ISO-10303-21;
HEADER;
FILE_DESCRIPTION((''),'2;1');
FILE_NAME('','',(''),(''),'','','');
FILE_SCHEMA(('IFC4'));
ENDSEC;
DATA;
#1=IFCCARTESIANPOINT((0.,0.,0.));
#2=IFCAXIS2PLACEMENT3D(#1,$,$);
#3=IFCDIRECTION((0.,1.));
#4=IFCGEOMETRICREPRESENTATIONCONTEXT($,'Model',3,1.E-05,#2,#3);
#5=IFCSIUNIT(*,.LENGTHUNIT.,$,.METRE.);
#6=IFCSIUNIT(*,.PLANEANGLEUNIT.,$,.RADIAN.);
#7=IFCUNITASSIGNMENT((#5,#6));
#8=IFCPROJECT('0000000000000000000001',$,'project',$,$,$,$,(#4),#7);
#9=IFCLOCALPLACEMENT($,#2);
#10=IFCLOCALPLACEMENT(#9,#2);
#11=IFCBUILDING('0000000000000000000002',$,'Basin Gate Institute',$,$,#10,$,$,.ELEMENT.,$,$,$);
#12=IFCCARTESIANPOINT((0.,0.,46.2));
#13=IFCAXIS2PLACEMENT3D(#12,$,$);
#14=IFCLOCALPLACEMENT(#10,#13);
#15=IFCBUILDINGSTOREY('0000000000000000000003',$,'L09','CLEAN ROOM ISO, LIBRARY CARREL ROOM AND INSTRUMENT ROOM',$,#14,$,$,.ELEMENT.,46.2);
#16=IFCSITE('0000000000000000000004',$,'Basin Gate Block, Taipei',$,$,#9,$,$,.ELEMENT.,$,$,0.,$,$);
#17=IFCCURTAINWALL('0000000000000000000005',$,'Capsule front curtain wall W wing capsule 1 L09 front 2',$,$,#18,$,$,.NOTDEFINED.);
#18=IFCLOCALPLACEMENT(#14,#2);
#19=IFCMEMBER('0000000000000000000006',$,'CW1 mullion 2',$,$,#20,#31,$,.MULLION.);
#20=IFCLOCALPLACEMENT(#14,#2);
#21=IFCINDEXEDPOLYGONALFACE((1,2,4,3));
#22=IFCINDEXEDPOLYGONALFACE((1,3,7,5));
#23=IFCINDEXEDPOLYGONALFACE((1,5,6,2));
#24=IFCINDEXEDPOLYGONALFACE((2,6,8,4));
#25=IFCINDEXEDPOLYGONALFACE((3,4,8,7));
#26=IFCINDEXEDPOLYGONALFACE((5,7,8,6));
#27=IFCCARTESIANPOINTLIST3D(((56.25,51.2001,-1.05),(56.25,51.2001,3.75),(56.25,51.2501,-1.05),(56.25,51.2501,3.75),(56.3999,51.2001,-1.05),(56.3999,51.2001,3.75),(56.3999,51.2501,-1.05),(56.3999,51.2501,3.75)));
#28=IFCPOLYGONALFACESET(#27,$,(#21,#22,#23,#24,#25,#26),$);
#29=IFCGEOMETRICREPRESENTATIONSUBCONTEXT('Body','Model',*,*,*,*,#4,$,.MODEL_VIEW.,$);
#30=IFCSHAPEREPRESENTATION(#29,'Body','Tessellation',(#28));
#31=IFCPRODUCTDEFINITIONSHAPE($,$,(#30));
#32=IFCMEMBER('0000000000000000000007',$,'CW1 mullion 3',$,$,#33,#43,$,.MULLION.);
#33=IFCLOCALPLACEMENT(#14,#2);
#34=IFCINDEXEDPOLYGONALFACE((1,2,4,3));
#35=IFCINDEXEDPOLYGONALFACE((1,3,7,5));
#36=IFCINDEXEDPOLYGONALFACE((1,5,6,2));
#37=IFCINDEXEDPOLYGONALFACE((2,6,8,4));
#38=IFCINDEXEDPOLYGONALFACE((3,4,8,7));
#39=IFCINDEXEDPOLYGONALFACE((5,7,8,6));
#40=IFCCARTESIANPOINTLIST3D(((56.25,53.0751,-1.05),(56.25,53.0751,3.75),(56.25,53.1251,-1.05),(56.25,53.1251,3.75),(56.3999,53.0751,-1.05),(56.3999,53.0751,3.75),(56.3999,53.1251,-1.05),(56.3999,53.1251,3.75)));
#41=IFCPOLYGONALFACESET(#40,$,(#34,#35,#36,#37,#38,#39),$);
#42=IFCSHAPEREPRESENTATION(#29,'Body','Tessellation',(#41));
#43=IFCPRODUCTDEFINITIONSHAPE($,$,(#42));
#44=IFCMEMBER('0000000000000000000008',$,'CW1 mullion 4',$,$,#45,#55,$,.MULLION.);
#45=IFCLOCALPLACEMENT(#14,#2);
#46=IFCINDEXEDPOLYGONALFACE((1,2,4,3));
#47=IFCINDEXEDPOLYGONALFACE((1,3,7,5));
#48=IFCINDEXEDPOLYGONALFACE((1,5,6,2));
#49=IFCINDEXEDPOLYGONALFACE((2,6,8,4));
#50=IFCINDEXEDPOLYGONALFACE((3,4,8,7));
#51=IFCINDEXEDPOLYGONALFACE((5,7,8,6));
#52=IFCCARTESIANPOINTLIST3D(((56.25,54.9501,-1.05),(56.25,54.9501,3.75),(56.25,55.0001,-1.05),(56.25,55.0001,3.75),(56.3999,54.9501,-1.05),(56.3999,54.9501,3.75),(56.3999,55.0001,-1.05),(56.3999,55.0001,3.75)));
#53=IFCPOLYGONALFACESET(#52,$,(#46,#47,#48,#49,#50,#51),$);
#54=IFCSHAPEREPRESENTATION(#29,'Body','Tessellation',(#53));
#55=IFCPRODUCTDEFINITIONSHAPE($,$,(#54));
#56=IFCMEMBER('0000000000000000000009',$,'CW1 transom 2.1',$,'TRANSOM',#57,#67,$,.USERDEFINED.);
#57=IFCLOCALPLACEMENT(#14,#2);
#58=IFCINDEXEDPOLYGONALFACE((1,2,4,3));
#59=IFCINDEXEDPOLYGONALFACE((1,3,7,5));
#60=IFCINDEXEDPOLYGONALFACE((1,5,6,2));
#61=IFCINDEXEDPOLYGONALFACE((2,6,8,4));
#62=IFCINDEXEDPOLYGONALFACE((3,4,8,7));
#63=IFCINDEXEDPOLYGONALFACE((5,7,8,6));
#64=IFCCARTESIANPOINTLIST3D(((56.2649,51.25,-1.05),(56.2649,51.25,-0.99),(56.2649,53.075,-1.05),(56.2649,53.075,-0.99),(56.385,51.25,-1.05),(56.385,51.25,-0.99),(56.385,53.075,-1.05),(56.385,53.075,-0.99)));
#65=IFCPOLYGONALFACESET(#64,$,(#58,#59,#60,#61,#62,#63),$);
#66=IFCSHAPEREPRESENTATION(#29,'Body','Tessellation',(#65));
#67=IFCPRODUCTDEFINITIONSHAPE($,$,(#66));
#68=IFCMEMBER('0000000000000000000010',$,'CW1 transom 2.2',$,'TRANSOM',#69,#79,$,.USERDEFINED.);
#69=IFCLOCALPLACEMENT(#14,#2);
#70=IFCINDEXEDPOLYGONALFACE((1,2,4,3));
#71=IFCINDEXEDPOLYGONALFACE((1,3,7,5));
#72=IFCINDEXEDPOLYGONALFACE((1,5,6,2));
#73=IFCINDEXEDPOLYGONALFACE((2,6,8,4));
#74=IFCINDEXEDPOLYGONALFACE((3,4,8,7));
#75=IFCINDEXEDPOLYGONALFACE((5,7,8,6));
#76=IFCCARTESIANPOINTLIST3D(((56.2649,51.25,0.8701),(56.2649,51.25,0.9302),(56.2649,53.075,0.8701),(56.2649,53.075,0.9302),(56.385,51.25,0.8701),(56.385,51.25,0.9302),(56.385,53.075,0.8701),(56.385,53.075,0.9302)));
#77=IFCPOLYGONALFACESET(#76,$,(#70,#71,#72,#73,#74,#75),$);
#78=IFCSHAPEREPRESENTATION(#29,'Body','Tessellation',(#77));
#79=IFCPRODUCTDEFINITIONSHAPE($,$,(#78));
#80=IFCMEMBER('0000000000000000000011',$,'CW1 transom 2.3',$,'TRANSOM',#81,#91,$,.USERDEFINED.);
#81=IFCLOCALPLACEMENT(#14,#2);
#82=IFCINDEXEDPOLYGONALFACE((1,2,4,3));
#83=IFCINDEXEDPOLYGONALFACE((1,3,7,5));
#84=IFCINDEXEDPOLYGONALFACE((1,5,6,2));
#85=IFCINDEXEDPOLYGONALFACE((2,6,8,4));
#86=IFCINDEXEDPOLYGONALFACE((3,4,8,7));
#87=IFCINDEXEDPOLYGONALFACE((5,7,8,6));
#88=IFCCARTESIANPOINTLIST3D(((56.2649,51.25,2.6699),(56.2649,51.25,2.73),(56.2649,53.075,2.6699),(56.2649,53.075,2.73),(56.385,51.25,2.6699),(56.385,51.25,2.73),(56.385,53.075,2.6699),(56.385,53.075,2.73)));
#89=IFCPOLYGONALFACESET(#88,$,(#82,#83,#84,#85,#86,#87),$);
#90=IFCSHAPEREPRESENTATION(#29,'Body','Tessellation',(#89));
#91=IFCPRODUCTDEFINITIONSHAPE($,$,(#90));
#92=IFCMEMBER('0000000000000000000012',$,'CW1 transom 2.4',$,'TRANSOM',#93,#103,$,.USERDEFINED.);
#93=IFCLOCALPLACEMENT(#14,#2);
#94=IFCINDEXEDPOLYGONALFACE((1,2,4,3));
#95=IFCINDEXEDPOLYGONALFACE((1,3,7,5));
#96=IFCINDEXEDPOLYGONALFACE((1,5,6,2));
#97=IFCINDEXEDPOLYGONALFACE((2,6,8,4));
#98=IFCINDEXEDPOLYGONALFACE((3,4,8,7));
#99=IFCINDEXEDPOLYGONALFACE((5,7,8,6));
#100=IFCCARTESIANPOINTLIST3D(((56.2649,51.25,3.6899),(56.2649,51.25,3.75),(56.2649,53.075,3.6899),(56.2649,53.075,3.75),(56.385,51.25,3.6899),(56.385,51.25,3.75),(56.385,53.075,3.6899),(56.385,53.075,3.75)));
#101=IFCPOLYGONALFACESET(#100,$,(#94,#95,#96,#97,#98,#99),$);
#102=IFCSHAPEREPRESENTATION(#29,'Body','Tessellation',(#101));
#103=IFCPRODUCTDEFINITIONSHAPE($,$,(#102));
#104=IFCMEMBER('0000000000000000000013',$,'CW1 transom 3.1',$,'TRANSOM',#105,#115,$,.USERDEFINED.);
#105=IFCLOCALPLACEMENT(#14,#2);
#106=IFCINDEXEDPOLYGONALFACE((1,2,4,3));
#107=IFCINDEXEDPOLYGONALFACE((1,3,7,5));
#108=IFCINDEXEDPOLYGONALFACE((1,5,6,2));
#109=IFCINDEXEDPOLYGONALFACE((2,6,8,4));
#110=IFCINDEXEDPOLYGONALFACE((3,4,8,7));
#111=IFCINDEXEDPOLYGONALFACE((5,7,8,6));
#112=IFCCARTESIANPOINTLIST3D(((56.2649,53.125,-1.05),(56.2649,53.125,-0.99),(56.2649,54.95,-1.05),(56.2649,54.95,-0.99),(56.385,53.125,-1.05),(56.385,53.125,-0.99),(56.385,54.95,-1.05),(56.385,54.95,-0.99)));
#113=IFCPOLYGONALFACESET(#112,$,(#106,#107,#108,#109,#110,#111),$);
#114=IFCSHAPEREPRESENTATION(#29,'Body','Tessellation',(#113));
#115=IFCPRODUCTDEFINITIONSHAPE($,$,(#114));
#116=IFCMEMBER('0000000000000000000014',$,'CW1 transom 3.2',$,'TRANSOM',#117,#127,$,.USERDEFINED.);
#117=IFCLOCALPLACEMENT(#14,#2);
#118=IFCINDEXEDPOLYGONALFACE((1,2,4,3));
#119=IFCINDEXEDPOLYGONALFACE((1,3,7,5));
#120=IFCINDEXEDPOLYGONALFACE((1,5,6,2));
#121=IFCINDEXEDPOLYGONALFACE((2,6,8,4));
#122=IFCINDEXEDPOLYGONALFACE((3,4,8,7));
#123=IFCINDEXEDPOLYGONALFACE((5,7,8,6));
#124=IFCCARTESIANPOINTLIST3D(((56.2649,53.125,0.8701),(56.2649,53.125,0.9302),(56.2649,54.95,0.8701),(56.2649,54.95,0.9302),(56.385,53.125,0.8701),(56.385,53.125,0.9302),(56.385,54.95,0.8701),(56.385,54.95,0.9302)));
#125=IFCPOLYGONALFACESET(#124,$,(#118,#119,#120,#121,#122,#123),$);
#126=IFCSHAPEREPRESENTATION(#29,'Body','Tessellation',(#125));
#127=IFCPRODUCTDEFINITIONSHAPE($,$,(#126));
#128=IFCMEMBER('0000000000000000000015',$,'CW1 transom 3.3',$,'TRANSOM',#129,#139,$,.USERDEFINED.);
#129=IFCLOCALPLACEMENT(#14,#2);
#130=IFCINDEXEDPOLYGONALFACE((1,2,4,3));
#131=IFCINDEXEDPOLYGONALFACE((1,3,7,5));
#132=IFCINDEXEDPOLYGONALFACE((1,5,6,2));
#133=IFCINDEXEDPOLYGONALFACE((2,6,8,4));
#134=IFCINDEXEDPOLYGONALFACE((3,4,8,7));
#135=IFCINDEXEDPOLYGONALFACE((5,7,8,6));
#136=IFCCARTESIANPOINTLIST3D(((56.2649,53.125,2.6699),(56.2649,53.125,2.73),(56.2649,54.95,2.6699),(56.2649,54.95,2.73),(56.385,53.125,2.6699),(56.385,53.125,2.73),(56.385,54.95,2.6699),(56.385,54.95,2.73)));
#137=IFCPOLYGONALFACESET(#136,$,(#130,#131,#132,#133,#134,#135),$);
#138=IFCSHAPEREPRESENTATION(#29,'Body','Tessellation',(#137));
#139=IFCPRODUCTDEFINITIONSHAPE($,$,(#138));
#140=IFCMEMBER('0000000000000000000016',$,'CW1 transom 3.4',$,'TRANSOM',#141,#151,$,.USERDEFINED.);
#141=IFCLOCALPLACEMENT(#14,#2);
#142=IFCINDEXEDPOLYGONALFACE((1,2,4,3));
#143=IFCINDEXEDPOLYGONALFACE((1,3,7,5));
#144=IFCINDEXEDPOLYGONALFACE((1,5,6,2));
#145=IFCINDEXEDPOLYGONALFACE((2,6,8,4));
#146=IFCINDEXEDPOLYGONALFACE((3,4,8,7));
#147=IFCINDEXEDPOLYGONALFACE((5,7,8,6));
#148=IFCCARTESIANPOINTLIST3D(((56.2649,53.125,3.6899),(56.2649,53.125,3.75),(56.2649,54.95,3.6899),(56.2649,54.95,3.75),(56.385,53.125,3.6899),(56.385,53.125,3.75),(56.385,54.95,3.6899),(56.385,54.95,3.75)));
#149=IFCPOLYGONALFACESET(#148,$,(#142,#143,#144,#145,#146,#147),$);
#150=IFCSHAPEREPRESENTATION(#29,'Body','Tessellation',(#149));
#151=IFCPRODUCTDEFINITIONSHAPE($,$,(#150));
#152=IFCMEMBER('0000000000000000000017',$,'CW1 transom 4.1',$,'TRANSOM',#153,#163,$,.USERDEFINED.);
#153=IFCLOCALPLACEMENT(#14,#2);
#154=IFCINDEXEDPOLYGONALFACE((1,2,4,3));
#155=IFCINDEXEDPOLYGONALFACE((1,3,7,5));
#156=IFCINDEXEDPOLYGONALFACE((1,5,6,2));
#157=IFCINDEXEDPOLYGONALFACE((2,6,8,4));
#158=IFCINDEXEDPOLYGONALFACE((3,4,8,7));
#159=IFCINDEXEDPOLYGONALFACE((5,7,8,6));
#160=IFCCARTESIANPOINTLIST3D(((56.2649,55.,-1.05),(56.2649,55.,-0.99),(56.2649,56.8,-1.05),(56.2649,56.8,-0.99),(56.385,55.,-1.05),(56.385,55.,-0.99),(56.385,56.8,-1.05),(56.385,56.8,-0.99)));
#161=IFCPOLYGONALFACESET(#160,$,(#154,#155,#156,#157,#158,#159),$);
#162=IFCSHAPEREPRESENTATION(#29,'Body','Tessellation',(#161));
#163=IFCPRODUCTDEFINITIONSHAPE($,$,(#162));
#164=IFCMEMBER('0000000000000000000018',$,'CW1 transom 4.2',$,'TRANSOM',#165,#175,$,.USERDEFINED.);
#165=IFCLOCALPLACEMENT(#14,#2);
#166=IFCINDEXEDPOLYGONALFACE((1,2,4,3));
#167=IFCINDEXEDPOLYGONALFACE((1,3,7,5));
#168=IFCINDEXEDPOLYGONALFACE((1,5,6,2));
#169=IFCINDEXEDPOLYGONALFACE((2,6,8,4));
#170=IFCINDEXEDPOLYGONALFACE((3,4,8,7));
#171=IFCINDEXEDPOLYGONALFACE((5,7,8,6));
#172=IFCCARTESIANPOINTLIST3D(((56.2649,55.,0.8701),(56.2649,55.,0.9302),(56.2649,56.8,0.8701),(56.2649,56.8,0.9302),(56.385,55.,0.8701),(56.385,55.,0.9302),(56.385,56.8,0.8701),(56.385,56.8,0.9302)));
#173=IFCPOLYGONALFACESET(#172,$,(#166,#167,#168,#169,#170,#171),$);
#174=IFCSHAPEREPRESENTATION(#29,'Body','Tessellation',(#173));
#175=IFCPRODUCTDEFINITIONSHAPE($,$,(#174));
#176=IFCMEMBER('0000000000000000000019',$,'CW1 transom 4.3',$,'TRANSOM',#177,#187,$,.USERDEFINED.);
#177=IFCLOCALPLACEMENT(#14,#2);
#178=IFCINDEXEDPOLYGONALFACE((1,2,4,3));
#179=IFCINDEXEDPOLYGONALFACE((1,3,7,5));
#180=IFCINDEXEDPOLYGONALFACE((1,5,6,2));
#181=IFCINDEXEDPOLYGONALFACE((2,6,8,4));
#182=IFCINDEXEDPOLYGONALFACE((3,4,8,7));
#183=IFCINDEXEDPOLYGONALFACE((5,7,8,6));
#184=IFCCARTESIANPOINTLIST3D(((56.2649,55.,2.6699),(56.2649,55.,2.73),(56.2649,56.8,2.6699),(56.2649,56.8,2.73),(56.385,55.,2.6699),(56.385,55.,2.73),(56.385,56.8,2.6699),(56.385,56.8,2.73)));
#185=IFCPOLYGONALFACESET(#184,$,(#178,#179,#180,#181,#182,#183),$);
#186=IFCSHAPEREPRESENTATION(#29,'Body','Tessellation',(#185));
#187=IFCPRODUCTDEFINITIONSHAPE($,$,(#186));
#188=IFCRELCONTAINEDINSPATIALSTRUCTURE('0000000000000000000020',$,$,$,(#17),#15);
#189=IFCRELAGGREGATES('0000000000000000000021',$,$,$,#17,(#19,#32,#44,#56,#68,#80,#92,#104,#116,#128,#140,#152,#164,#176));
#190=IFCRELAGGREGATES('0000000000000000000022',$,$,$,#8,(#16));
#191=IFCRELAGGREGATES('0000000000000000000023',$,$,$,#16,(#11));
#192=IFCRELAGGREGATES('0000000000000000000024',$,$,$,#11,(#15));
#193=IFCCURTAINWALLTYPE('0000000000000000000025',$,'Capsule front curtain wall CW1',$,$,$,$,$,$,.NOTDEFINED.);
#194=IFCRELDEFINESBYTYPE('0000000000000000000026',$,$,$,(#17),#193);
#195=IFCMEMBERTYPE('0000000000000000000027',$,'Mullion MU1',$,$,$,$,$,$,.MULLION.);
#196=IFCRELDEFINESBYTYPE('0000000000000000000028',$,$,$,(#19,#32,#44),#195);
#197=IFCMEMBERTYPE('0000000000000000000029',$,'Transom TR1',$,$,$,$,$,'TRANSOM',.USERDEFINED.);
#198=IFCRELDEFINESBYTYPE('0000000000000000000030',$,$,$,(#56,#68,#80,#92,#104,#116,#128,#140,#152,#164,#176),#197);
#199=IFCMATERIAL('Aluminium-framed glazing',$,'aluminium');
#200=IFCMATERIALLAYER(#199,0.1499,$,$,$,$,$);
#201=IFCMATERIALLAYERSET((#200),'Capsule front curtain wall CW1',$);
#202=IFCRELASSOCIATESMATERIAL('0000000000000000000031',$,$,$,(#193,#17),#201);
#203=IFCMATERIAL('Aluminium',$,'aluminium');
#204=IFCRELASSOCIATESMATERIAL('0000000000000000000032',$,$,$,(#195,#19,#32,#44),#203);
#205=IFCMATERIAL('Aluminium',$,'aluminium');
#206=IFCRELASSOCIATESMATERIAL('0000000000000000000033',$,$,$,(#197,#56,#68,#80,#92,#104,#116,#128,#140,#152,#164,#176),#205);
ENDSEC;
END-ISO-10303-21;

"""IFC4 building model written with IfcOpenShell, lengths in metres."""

from ifc_helpers import new_model, si_unit, direction, frame, origin, origin_2d, place, context, subcontext, project, spatial, rectangle, extrude, material, layer, layer_set, material_profile, profile_set, type_object, element, aggregate, save


model = new_model("IFC4")

# Units and contexts
model_context = context("Model", 3, precision=1e-05, world=origin(), true_north=direction((0.0, 1.0)))
body_context = subcontext(model_context, "Body", "Model", "MODEL_VIEW")
ifc_project = project(units=[si_unit("LENGTHUNIT", "METRE"), si_unit("PLANEANGLEUNIT", "RADIAN")], contexts=[model_context])

# Site, building, storey
site_placement = place(None, origin())
site = spatial("IfcSite", under=ifc_project, at=site_placement, Name="Basin Gate Block, Taipei", CompositionType="ELEMENT", RefElevation=0.0)
building_placement = place(site_placement, origin())
building = spatial("IfcBuilding", under=site, at=building_placement, Name="Basin Gate Institute", CompositionType="ELEMENT")
storey_placement = place(building_placement, frame((0.0, 0.0, 46.2)))
storey = spatial("IfcBuildingStorey", under=building, at=storey_placement, Name="L09", Description="CLEAN ROOM ISO, LIBRARY CARREL ROOM AND INSTRUMENT ROOM", CompositionType="ELEMENT", Elevation=46.2)

# Curtain wall, members
ifc_material_1 = material(Name="Aluminium-framed glazing", Category="aluminium")
ifc_layer_1 = layer(ifc_material_1, 0.1499)
ifc_layer_set_1 = layer_set([ifc_layer_1], Name="Capsule front curtain wall CW1")
curtain_wall_type = type_object("IfcCurtainWallType", Name="Capsule front curtain wall CW1", PredefinedType="NOTDEFINED", material=ifc_layer_set_1)
curtain_wall_placement = place(storey_placement, origin())
curtain_wall = element("IfcCurtainWall", 1, at=curtain_wall_placement, inside=storey, type_object=curtain_wall_type, material=ifc_layer_set_1, Name="Capsule front curtain wall W wing capsule 1 L09 front 2", PredefinedType="NOTDEFINED")
ifc_material_2 = material(Name="Aluminium", Category="aluminium")
ifc_material_profile_1 = material_profile(ifc_material_2, rectangle(XDim=0.1499, YDim=0.05, at=origin_2d()), Name="Mullion MU1 150 x 50")
ifc_profile_set_1 = profile_set([ifc_material_profile_1], Name="Aluminium")
member_type_1 = type_object("IfcMemberType", Name="Mullion MU1", PredefinedType="MULLION", material=ifc_profile_set_1)
member_1_placement = place(storey_placement, frame((56.325, 51.2251, -1.05), z_axis=(0.0, 0.0, 1.0), x_axis=(-1.0, 0.0, 0.0)))
member_1 = element("IfcMember", 2, at=member_1_placement, type_object=member_type_1, material=ifc_profile_set_1, Name="CW1 mullion 2", PredefinedType="MULLION", context=body_context, shape_type="SweptSolid", body=[
    extrude(rectangle(XDim=0.1499, YDim=0.05, at=origin_2d()), origin(), (0.0, 0.0, 1.0), 4.8),
])
member_2_placement = place(storey_placement, frame((56.325, 53.1001, -1.05), z_axis=(0.0, 0.0, 1.0), x_axis=(-1.0, 0.0, 0.0)))
member_2 = element("IfcMember", 3, at=member_2_placement, type_object=member_type_1, material=ifc_profile_set_1, Name="CW1 mullion 3", PredefinedType="MULLION", context=body_context, shape_type="SweptSolid", body=[
    extrude(rectangle(XDim=0.1499, YDim=0.05, at=origin_2d()), origin(), (0.0, 0.0, 1.0), 4.8),
])
member_3_placement = place(storey_placement, frame((56.325, 54.9751, -1.05), z_axis=(0.0, 0.0, 1.0), x_axis=(-1.0, 0.0, 0.0)))
member_3 = element("IfcMember", 4, at=member_3_placement, type_object=member_type_1, material=ifc_profile_set_1, Name="CW1 mullion 4", PredefinedType="MULLION", context=body_context, shape_type="SweptSolid", body=[
    extrude(rectangle(XDim=0.1499, YDim=0.05, at=origin_2d()), origin(), (0.0, 0.0, 1.0), 4.8),
])
ifc_material_3 = material(Name="Aluminium", Category="aluminium")
ifc_material_profile_2 = material_profile(ifc_material_3, rectangle(XDim=0.1201, YDim=0.0601, at=origin_2d()), Name="Transom TR1 120 x 60")
ifc_profile_set_2 = profile_set([ifc_material_profile_2], Name="Aluminium")
member_type_2 = type_object("IfcMemberType", Name="Transom TR1", ElementType="TRANSOM", PredefinedType="USERDEFINED", material=ifc_profile_set_2)
member_4_placement = place(storey_placement, frame((56.325, 51.25, -1.02), z_axis=(0.0, 1.0, 0.0), x_axis=(-1.0, 0.0, 0.0)))
member_4 = element("IfcMember", 5, at=member_4_placement, type_object=member_type_2, material=ifc_profile_set_2, Name="CW1 transom 2.1", ObjectType="TRANSOM", PredefinedType="USERDEFINED", context=body_context, shape_type="SweptSolid", body=[
    extrude(rectangle(XDim=0.1201, YDim=0.0601, at=origin_2d()), origin(), (0.0, 0.0, 1.0), 1.825),
])
member_5_placement = place(storey_placement, frame((56.325, 51.25, 0.9001), z_axis=(0.0, 1.0, 0.0), x_axis=(-1.0, 0.0, 0.0)))
member_5 = element("IfcMember", 6, at=member_5_placement, type_object=member_type_2, material=ifc_profile_set_2, Name="CW1 transom 2.2", ObjectType="TRANSOM", PredefinedType="USERDEFINED", context=body_context, shape_type="SweptSolid", body=[
    extrude(rectangle(XDim=0.1201, YDim=0.0601, at=origin_2d()), origin(), (0.0, 0.0, 1.0), 1.825),
])
member_6_placement = place(storey_placement, frame((56.325, 51.25, 2.7), z_axis=(0.0, 1.0, 0.0), x_axis=(-1.0, 0.0, 0.0)))
member_6 = element("IfcMember", 7, at=member_6_placement, type_object=member_type_2, material=ifc_profile_set_2, Name="CW1 transom 2.3", ObjectType="TRANSOM", PredefinedType="USERDEFINED", context=body_context, shape_type="SweptSolid", body=[
    extrude(rectangle(XDim=0.1201, YDim=0.0601, at=origin_2d()), origin(), (0.0, 0.0, 1.0), 1.825),
])
member_7_placement = place(storey_placement, frame((56.325, 51.25, 3.72), z_axis=(0.0, 1.0, 0.0), x_axis=(-1.0, 0.0, 0.0)))
member_7 = element("IfcMember", 8, at=member_7_placement, type_object=member_type_2, material=ifc_profile_set_2, Name="CW1 transom 2.4", ObjectType="TRANSOM", PredefinedType="USERDEFINED", context=body_context, shape_type="SweptSolid", body=[
    extrude(rectangle(XDim=0.1201, YDim=0.0601, at=origin_2d()), origin(), (0.0, 0.0, 1.0), 1.825),
])
member_8_placement = place(storey_placement, frame((56.325, 53.125, -1.02), z_axis=(0.0, 1.0, 0.0), x_axis=(-1.0, 0.0, 0.0)))
member_8 = element("IfcMember", 9, at=member_8_placement, type_object=member_type_2, material=ifc_profile_set_2, Name="CW1 transom 3.1", ObjectType="TRANSOM", PredefinedType="USERDEFINED", context=body_context, shape_type="SweptSolid", body=[
    extrude(rectangle(XDim=0.1201, YDim=0.0601, at=origin_2d()), origin(), (0.0, 0.0, 1.0), 1.825),
])
member_9_placement = place(storey_placement, frame((56.325, 53.125, 0.9001), z_axis=(0.0, 1.0, 0.0), x_axis=(-1.0, 0.0, 0.0)))
member_9 = element("IfcMember", 10, at=member_9_placement, type_object=member_type_2, material=ifc_profile_set_2, Name="CW1 transom 3.2", ObjectType="TRANSOM", PredefinedType="USERDEFINED", context=body_context, shape_type="SweptSolid", body=[
    extrude(rectangle(XDim=0.1201, YDim=0.0601, at=origin_2d()), origin(), (0.0, 0.0, 1.0), 1.825),
])
member_10_placement = place(storey_placement, frame((56.325, 53.125, 2.7), z_axis=(0.0, 1.0, 0.0), x_axis=(-1.0, 0.0, 0.0)))
member_10 = element("IfcMember", 11, at=member_10_placement, type_object=member_type_2, material=ifc_profile_set_2, Name="CW1 transom 3.3", ObjectType="TRANSOM", PredefinedType="USERDEFINED", context=body_context, shape_type="SweptSolid", body=[
    extrude(rectangle(XDim=0.1201, YDim=0.0601, at=origin_2d()), origin(), (0.0, 0.0, 1.0), 1.825),
])
member_11_placement = place(storey_placement, frame((56.325, 53.125, 3.72), z_axis=(0.0, 1.0, 0.0), x_axis=(-1.0, 0.0, 0.0)))
member_11 = element("IfcMember", 12, at=member_11_placement, type_object=member_type_2, material=ifc_profile_set_2, Name="CW1 transom 3.4", ObjectType="TRANSOM", PredefinedType="USERDEFINED", context=body_context, shape_type="SweptSolid", body=[
    extrude(rectangle(XDim=0.1201, YDim=0.0601, at=origin_2d()), origin(), (0.0, 0.0, 1.0), 1.825),
])
member_12_placement = place(storey_placement, frame((56.325, 55.0, -1.02), z_axis=(0.0, 1.0, 0.0), x_axis=(-1.0, 0.0, 0.0)))
member_12 = element("IfcMember", 13, at=member_12_placement, type_object=member_type_2, material=ifc_profile_set_2, Name="CW1 transom 4.1", ObjectType="TRANSOM", PredefinedType="USERDEFINED", context=body_context, shape_type="SweptSolid", body=[
    extrude(rectangle(XDim=0.1201, YDim=0.0601, at=origin_2d()), origin(), (0.0, 0.0, 1.0), 1.8),
])
member_13_placement = place(storey_placement, frame((56.325, 55.0, 0.9001), z_axis=(0.0, 1.0, 0.0), x_axis=(-1.0, 0.0, 0.0)))
member_13 = element("IfcMember", 14, at=member_13_placement, type_object=member_type_2, material=ifc_profile_set_2, Name="CW1 transom 4.2", ObjectType="TRANSOM", PredefinedType="USERDEFINED", context=body_context, shape_type="SweptSolid", body=[
    extrude(rectangle(XDim=0.1201, YDim=0.0601, at=origin_2d()), origin(), (0.0, 0.0, 1.0), 1.8),
])
member_14_placement = place(storey_placement, frame((56.325, 55.0, 2.7), z_axis=(0.0, 1.0, 0.0), x_axis=(-1.0, 0.0, 0.0)))
member_14 = element("IfcMember", 15, at=member_14_placement, type_object=member_type_2, material=ifc_profile_set_2, Name="CW1 transom 4.3", ObjectType="TRANSOM", PredefinedType="USERDEFINED", context=body_context, shape_type="SweptSolid", body=[
    extrude(rectangle(XDim=0.1201, YDim=0.0601, at=origin_2d()), origin(), (0.0, 0.0, 1.0), 1.8),
])
aggregate(curtain_wall, [member_1, member_2, member_3, member_4, member_5, member_6, member_7, member_8, member_9, member_10, member_11, member_12, member_13, member_14])

save(model, "model.ifc")
